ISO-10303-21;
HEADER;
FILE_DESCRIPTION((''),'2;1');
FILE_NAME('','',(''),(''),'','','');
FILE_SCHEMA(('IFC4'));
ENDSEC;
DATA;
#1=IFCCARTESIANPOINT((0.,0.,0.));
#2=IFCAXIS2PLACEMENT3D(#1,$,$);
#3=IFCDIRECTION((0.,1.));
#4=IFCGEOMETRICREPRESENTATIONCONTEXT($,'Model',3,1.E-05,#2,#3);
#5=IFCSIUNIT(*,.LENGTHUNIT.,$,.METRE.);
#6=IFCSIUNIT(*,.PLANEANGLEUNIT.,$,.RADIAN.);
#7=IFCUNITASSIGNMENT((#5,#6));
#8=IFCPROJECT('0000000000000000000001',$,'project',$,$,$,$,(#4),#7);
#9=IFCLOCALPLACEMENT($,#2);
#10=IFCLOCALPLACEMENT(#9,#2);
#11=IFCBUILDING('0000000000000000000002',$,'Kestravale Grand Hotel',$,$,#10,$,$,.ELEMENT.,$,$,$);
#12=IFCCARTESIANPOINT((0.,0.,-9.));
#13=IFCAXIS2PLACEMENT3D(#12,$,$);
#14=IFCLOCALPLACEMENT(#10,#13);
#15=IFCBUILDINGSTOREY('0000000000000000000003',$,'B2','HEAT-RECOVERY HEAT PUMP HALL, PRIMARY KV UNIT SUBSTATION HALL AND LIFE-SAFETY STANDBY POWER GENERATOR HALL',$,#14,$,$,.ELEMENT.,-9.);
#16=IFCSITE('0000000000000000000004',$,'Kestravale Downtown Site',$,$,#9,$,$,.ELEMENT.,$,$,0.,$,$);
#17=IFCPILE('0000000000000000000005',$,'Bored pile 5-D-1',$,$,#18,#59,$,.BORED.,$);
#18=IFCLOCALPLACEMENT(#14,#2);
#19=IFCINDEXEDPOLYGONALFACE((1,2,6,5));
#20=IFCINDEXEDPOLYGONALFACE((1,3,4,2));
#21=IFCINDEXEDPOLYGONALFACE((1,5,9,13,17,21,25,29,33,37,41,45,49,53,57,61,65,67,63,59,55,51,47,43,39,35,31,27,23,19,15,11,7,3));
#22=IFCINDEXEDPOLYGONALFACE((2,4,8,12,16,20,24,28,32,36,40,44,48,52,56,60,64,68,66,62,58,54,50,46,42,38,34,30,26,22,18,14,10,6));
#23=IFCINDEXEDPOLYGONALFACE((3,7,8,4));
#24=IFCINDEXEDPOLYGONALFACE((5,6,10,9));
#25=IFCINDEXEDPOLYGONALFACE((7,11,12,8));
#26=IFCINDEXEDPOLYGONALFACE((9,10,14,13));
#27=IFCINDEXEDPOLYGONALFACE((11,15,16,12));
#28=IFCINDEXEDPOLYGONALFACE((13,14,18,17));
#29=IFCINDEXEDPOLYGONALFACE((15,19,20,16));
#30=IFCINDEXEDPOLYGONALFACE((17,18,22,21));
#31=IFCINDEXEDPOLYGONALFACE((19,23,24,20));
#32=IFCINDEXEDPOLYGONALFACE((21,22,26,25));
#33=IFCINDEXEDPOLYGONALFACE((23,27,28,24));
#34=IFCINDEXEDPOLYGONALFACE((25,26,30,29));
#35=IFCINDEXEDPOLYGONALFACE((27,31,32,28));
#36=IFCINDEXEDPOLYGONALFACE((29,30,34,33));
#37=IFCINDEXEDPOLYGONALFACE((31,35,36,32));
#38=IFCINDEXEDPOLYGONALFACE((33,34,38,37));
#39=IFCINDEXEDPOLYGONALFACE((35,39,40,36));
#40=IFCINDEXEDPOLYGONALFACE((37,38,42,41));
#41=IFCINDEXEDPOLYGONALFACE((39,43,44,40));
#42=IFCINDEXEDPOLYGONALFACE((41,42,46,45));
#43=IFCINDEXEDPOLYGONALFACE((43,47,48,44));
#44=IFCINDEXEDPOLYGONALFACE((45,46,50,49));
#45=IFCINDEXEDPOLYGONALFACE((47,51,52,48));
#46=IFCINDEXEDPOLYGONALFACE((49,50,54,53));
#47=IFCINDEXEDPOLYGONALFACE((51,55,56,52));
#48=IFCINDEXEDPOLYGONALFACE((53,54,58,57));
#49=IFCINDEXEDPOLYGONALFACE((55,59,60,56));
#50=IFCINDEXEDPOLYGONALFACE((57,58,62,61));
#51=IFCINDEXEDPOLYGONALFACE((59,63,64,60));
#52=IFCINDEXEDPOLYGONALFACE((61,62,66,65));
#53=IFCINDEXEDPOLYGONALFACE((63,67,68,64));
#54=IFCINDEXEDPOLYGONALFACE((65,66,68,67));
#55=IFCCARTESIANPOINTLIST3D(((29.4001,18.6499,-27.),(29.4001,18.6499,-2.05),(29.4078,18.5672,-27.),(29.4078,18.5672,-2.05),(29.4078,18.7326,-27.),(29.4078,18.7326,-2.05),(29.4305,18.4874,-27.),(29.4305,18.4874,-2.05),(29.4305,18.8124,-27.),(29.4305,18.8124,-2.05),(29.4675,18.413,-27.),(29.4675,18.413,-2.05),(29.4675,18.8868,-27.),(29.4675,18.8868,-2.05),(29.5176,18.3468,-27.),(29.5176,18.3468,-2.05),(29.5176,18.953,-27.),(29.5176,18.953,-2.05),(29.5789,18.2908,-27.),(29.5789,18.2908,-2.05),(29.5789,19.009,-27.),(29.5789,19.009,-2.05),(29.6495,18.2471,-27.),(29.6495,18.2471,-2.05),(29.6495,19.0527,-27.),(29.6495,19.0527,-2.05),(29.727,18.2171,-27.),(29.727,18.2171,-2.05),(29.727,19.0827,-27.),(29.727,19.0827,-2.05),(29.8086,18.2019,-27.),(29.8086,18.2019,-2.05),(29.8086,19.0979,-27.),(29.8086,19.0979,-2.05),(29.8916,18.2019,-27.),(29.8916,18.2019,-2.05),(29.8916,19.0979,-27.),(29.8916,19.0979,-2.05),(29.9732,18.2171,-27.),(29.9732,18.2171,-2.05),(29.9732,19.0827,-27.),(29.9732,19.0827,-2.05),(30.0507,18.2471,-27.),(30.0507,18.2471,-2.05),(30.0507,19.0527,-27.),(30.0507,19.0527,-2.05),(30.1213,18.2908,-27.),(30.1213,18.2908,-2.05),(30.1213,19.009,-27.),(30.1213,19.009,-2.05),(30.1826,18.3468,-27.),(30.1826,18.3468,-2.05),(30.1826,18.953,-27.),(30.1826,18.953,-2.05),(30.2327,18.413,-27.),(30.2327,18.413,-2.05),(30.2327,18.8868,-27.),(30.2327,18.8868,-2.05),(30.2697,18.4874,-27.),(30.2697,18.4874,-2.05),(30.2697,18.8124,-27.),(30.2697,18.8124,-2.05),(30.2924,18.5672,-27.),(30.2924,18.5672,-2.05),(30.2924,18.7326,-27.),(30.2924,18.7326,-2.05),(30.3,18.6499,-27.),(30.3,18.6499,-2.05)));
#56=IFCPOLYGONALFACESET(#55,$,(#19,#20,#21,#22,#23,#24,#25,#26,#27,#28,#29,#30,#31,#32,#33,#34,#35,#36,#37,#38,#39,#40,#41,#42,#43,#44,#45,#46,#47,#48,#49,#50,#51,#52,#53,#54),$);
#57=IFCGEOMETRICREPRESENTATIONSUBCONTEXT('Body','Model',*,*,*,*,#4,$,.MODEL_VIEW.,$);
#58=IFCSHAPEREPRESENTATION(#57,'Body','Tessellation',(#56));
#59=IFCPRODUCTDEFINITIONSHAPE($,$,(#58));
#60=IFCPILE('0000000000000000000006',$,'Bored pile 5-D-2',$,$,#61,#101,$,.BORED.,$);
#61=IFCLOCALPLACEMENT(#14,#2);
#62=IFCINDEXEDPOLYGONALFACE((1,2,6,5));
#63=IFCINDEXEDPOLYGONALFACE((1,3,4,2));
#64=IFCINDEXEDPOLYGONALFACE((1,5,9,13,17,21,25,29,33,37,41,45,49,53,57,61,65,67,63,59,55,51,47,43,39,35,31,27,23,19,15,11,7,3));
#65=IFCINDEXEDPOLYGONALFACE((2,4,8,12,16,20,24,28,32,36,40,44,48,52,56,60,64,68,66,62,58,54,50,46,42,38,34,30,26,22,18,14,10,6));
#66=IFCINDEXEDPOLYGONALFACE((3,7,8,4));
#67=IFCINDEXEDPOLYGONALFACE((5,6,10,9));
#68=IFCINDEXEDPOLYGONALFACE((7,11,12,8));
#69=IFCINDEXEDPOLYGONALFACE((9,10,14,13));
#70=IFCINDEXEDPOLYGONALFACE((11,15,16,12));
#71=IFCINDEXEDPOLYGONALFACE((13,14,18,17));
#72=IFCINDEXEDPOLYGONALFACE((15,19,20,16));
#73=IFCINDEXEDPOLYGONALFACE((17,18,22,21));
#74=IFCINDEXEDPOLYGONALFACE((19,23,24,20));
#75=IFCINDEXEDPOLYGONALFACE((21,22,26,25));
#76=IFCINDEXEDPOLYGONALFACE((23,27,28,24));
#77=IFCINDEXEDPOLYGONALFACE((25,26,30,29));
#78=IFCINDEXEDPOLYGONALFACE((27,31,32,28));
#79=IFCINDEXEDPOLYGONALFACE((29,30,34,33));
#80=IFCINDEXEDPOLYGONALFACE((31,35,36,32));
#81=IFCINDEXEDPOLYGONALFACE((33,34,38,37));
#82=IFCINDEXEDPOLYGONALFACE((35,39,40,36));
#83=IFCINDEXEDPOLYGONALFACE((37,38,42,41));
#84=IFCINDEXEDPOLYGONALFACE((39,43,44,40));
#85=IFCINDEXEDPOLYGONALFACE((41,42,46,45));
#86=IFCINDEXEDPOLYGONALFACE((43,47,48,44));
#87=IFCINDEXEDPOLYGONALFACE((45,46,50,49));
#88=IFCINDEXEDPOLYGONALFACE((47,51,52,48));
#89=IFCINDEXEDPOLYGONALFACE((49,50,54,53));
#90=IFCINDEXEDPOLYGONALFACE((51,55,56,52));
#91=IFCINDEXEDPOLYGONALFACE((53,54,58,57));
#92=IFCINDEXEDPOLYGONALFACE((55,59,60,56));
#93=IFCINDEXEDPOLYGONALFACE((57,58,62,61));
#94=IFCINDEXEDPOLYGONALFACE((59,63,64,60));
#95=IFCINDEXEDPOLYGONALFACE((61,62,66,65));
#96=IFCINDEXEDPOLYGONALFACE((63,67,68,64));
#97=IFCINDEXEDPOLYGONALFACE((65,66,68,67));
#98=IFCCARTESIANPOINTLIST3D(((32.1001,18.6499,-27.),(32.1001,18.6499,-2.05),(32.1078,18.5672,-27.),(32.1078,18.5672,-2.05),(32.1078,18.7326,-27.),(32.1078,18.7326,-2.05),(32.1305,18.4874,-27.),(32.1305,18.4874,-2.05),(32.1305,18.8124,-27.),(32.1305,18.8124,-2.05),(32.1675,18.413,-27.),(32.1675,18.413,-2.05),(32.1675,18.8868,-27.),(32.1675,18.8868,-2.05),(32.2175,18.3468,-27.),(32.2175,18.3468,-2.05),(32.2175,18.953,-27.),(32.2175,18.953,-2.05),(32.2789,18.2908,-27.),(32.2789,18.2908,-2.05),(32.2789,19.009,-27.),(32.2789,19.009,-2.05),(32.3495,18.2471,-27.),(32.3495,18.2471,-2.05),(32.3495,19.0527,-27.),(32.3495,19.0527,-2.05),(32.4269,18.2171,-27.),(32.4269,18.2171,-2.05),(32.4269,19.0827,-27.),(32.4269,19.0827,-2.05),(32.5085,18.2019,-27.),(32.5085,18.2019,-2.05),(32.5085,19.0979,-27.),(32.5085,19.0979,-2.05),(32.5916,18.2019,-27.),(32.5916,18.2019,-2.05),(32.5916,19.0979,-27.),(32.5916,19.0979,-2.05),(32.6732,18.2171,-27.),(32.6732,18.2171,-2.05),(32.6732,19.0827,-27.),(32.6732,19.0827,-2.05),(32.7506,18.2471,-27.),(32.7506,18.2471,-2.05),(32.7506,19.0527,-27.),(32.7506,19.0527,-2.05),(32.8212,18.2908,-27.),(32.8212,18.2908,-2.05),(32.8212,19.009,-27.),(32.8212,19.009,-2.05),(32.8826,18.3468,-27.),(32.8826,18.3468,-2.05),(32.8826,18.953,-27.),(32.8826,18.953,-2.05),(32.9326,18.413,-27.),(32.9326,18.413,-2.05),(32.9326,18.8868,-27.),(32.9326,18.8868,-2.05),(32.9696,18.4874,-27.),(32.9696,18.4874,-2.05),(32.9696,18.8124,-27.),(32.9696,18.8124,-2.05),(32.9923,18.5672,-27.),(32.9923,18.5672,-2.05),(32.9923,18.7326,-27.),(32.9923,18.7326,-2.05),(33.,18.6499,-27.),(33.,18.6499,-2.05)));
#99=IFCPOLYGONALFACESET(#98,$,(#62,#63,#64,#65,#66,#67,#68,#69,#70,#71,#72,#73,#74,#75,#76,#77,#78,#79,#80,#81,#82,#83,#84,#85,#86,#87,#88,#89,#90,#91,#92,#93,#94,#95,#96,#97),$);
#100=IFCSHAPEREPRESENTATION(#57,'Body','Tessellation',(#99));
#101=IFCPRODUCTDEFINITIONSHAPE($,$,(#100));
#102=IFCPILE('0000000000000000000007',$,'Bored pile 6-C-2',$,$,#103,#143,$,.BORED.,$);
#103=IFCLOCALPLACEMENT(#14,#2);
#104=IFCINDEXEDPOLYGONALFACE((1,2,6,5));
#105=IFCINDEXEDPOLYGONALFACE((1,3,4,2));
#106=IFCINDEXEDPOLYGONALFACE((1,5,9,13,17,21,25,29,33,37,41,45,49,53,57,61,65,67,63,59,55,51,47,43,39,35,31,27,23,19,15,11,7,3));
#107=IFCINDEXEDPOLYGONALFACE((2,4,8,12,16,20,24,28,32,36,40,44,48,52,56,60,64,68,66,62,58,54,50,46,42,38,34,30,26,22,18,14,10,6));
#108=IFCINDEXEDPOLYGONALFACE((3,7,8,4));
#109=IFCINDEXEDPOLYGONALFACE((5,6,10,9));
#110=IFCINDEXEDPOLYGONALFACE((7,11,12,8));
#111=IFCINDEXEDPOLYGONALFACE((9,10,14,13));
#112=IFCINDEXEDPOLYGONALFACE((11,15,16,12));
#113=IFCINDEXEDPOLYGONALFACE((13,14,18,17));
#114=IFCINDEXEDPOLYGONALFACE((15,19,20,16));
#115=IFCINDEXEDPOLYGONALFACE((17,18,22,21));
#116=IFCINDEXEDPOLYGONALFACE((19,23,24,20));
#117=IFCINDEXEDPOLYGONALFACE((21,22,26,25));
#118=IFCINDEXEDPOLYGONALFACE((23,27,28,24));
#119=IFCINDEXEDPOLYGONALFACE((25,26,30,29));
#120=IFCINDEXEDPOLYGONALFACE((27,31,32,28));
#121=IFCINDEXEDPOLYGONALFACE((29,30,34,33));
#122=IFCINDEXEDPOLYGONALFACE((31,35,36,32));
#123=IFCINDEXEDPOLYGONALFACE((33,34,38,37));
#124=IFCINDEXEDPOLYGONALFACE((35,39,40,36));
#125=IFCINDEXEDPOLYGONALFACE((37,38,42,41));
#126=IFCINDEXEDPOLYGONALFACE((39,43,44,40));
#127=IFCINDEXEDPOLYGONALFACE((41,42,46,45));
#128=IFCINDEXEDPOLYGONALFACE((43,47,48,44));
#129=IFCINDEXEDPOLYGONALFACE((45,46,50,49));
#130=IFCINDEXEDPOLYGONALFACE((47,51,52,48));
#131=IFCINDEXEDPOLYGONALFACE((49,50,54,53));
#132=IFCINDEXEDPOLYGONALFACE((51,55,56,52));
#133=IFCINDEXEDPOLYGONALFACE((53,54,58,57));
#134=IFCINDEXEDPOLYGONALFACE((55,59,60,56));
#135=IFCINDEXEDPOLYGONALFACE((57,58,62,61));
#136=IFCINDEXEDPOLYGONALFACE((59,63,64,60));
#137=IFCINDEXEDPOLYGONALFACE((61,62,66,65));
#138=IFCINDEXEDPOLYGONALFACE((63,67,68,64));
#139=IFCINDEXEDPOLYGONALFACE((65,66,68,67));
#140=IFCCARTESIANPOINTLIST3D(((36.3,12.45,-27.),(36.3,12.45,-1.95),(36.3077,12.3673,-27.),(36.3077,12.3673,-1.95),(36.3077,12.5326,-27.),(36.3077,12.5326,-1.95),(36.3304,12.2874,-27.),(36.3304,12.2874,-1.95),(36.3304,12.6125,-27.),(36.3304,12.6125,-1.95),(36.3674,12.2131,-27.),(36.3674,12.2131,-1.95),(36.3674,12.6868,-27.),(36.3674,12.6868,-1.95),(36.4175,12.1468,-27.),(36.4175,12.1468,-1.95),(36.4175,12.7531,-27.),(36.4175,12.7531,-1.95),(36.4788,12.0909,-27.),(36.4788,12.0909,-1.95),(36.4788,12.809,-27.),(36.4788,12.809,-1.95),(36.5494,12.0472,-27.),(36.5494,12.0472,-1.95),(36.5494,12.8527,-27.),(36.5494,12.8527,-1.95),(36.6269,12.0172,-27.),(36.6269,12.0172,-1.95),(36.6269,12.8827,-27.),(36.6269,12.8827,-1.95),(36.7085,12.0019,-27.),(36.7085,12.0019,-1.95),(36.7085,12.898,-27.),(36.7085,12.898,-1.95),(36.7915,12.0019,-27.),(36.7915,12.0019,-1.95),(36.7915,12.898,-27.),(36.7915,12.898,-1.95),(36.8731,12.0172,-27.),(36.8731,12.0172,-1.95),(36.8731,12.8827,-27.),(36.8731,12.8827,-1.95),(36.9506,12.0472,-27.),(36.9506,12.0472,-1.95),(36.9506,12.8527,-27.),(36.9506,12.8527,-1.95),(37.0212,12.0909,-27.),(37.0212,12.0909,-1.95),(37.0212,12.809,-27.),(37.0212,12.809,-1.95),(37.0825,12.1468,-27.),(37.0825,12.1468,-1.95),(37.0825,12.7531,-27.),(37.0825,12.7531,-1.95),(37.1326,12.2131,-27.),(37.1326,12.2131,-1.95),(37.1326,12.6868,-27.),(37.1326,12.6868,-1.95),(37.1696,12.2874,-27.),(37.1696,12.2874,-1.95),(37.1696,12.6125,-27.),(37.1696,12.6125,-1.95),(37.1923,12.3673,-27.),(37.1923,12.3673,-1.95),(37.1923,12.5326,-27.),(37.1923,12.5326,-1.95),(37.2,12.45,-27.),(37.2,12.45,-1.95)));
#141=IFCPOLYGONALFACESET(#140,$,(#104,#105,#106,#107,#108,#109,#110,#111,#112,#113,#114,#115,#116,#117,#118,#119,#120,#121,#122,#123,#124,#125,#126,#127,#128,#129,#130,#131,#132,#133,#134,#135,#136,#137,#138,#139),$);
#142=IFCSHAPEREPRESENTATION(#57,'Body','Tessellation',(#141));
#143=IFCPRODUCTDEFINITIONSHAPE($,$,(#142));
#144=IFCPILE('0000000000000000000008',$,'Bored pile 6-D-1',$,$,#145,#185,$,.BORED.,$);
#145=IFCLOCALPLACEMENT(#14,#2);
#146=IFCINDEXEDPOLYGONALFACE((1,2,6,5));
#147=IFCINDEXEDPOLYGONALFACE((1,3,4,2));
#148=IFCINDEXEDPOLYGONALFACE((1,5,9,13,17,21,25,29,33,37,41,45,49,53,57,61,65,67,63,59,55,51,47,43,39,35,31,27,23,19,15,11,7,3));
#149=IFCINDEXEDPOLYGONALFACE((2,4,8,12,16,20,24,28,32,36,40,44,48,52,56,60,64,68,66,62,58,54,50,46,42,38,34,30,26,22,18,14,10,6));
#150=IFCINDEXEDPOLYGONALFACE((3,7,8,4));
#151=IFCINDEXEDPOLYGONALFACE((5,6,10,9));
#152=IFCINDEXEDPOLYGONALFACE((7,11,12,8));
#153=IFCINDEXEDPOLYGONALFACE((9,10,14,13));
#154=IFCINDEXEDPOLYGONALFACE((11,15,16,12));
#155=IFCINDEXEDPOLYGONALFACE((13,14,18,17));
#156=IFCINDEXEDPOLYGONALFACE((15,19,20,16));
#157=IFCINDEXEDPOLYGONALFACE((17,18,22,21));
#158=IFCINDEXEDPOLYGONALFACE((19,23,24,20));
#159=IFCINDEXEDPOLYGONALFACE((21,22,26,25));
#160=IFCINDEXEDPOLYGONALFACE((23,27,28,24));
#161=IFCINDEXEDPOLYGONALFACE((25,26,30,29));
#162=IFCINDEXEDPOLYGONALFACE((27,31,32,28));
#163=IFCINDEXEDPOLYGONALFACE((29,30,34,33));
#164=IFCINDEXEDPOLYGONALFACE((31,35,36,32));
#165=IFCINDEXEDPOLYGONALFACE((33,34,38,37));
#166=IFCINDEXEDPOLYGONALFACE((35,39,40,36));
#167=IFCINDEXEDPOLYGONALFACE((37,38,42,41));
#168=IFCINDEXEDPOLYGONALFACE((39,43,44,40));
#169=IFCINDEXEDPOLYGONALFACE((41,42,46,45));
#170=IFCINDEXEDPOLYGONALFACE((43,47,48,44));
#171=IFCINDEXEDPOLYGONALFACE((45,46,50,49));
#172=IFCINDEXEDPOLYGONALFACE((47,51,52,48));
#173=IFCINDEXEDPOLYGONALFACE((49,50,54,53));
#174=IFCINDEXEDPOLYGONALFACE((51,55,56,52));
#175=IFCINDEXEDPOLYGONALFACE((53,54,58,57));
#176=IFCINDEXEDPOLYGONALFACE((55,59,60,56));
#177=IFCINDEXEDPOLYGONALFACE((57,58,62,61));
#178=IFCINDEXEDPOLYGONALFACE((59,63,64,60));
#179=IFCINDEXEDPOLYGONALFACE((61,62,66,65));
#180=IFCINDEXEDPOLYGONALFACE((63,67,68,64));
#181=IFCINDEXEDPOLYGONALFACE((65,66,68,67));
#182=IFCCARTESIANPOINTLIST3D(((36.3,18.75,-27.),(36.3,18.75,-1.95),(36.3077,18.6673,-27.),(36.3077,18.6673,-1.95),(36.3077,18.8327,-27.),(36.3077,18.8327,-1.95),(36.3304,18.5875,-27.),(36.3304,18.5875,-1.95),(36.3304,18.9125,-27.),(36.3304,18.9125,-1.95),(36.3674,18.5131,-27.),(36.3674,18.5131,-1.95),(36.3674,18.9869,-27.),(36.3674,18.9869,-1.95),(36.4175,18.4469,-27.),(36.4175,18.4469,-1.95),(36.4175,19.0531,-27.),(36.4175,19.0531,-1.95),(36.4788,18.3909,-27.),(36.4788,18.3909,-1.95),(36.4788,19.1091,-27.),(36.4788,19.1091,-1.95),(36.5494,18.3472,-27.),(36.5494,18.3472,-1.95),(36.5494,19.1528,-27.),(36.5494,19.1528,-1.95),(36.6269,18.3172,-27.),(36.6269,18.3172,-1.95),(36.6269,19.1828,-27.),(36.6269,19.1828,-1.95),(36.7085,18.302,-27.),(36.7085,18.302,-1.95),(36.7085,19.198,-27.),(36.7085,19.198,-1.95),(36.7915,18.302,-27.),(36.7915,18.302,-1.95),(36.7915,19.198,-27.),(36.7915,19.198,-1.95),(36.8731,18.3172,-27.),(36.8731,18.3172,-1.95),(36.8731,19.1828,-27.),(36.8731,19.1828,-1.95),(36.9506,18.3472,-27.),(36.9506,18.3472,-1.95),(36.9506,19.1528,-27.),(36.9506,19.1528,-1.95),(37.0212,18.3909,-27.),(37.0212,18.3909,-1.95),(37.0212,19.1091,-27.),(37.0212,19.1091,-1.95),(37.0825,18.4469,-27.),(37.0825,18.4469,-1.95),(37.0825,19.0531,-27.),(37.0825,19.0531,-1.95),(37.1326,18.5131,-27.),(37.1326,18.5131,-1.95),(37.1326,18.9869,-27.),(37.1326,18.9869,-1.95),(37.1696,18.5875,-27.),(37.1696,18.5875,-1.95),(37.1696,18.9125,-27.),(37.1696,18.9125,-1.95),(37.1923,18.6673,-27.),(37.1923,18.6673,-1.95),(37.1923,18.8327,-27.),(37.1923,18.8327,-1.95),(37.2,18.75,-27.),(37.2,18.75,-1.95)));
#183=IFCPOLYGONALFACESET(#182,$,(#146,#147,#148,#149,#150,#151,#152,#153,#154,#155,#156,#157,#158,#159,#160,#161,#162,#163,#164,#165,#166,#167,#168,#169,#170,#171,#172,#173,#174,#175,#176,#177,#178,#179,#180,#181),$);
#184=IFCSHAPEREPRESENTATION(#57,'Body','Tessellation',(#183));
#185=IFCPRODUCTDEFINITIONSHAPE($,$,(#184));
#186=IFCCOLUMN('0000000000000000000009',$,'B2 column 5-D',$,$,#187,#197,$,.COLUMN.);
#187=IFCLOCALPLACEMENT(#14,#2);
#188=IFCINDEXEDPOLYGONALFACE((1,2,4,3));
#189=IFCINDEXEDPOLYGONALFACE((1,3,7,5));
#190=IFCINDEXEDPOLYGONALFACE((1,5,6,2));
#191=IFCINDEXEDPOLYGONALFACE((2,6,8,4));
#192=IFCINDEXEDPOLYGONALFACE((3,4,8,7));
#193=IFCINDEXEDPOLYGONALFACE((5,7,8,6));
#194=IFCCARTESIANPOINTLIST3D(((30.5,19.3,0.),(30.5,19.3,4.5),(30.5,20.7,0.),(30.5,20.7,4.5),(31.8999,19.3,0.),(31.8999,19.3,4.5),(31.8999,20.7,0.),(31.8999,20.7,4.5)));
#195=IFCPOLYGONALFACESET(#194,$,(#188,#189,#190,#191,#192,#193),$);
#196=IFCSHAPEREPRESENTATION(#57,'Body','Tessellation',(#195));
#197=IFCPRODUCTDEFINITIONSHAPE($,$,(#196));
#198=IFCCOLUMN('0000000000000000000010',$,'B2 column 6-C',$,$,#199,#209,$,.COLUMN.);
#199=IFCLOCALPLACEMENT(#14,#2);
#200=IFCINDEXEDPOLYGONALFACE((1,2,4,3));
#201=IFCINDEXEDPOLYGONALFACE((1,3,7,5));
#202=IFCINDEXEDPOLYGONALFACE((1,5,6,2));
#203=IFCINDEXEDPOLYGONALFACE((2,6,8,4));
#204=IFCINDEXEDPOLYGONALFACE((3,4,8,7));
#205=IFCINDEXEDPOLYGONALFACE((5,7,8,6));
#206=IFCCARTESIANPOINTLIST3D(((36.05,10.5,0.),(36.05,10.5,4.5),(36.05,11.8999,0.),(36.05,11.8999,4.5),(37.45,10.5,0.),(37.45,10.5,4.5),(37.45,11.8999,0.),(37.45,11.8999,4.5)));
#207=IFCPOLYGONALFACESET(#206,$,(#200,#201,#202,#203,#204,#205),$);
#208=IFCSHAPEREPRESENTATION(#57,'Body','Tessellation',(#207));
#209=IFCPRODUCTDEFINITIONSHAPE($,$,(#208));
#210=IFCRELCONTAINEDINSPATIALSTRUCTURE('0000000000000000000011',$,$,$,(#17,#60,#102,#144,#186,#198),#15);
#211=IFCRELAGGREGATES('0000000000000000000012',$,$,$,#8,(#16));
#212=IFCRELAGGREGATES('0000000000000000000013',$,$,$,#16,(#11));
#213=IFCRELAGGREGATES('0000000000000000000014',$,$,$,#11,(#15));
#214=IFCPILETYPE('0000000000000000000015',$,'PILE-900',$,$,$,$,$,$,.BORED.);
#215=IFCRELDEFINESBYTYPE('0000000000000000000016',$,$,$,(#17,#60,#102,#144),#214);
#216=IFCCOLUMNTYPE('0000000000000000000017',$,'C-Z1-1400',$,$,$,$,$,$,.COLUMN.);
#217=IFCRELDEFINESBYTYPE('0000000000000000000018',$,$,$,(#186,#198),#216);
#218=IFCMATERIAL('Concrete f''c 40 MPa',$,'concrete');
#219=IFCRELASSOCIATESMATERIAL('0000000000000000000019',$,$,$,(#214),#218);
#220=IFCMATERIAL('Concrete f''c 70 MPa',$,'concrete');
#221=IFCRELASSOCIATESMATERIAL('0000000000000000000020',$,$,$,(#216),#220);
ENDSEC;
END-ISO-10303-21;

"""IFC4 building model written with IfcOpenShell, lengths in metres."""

from ifc_helpers import new_model, si_unit, direction, frame, origin, origin_2d, place, context, subcontext, project, spatial, rectangle, circle, extrude, material, material_profile, profile_set, type_object, element, save


model = new_model("IFC4")

# Units and contexts
model_context = context("Model", 3, precision=1e-05, world=origin(), true_north=direction((0.0, 1.0)))
body_context = subcontext(model_context, "Body", "Model", "MODEL_VIEW")
ifc_project = project(units=[si_unit("LENGTHUNIT", "METRE"), si_unit("PLANEANGLEUNIT", "RADIAN")], contexts=[model_context])

# Site, building, storey
site_placement = place(None, origin())
site = spatial("IfcSite", under=ifc_project, at=site_placement, Name="Kestravale Downtown Site", CompositionType="ELEMENT", RefElevation=0.0)
building_placement = place(site_placement, origin())
building = spatial("IfcBuilding", under=site, at=building_placement, Name="Kestravale Grand Hotel", CompositionType="ELEMENT")
storey_placement = place(building_placement, frame((0.0, 0.0, -9.0)))
storey = spatial("IfcBuildingStorey", under=building, at=storey_placement, Name="B2", Description="HEAT-RECOVERY HEAT PUMP HALL, PRIMARY KV UNIT SUBSTATION HALL AND LIFE-SAFETY STANDBY POWER GENERATOR HALL", CompositionType="ELEMENT", Elevation=-9.0)

# Piles
ifc_material_1 = material(Name="Concrete f'c 40 MPa", Category="concrete")
ifc_material_profile_1 = material_profile(ifc_material_1, circle(Radius=0.45, at=origin_2d()))
ifc_profile_set_1 = profile_set([ifc_material_profile_1], Name="Concrete f'c 40 MPa")
pile_type_1 = type_object("IfcPileType", Name="PILE-900", PredefinedType="BORED", material=ifc_profile_set_1)
for number, where, z_axis, x_axis, name in (
    (1, (29.8501, 18.6499, -2.05), (0.0, 0.0, -1.0), (1.0, 0.0, 0.0), "Bored pile 5-D-1"),
    (2, (32.55, 18.6499, -2.05), (0.0, 0.0, -1.0), (1.0, 0.0, 0.0), "Bored pile 5-D-2"),
):
    element("IfcPile", number, at=place(storey_placement, frame(where, z_axis=z_axis, x_axis=x_axis)), inside=storey, type_object=pile_type_1, Name=name, PredefinedType="BORED", context=body_context, shape_type="SweptSolid", body=[
        extrude(circle(Radius=0.45, at=origin_2d()), origin(), (0.0, 0.0, 1.0), 24.95),
    ])
for number, where, z_axis, x_axis, name in (
    (3, (36.75, 12.45, -1.95), (0.0, 0.0, -1.0), (1.0, 0.0, 0.0), "Bored pile 6-C-2"),
    (4, (36.75, 18.75, -1.95), (0.0, 0.0, -1.0), (1.0, 0.0, 0.0), "Bored pile 6-D-1"),
):
    element("IfcPile", number, at=place(storey_placement, frame(where, z_axis=z_axis, x_axis=x_axis)), inside=storey, type_object=pile_type_1, Name=name, PredefinedType="BORED", context=body_context, shape_type="SweptSolid", body=[
        extrude(circle(Radius=0.45, at=origin_2d()), origin(), (0.0, 0.0, 1.0), 25.05),
    ])

# Columns
ifc_material_2 = material(Name="Concrete f'c 70 MPa", Category="concrete")
ifc_material_profile_2 = material_profile(ifc_material_2, rectangle(XDim=1.3999, YDim=1.3999, at=origin_2d()))
ifc_profile_set_2 = profile_set([ifc_material_profile_2], Name="Concrete f'c 70 MPa")
column_type = type_object("IfcColumnType", Name="C-Z1-1400", PredefinedType="COLUMN", material=ifc_profile_set_2)
for number, where, z_axis, x_axis, name in (
    (5, (31.2, 20.0, 0.0), (0.0, 0.0, 1.0), (1.0, 0.0, 0.0), "B2 column 5-D"),
    (6, (36.75, 11.2, 0.0), (0.0, 0.0, 1.0), (1.0, 0.0, 0.0), "B2 column 6-C"),
):
    element("IfcColumn", number, at=place(storey_placement, frame(where, z_axis=z_axis, x_axis=x_axis)), inside=storey, type_object=column_type, Name=name, PredefinedType="COLUMN", context=body_context, shape_type="SweptSolid", body=[
        extrude(rectangle(XDim=1.3999, YDim=1.3999, at=origin_2d()), origin(), (0.0, 0.0, 1.0), 4.5),
    ])

save(model, "model.ifc")
